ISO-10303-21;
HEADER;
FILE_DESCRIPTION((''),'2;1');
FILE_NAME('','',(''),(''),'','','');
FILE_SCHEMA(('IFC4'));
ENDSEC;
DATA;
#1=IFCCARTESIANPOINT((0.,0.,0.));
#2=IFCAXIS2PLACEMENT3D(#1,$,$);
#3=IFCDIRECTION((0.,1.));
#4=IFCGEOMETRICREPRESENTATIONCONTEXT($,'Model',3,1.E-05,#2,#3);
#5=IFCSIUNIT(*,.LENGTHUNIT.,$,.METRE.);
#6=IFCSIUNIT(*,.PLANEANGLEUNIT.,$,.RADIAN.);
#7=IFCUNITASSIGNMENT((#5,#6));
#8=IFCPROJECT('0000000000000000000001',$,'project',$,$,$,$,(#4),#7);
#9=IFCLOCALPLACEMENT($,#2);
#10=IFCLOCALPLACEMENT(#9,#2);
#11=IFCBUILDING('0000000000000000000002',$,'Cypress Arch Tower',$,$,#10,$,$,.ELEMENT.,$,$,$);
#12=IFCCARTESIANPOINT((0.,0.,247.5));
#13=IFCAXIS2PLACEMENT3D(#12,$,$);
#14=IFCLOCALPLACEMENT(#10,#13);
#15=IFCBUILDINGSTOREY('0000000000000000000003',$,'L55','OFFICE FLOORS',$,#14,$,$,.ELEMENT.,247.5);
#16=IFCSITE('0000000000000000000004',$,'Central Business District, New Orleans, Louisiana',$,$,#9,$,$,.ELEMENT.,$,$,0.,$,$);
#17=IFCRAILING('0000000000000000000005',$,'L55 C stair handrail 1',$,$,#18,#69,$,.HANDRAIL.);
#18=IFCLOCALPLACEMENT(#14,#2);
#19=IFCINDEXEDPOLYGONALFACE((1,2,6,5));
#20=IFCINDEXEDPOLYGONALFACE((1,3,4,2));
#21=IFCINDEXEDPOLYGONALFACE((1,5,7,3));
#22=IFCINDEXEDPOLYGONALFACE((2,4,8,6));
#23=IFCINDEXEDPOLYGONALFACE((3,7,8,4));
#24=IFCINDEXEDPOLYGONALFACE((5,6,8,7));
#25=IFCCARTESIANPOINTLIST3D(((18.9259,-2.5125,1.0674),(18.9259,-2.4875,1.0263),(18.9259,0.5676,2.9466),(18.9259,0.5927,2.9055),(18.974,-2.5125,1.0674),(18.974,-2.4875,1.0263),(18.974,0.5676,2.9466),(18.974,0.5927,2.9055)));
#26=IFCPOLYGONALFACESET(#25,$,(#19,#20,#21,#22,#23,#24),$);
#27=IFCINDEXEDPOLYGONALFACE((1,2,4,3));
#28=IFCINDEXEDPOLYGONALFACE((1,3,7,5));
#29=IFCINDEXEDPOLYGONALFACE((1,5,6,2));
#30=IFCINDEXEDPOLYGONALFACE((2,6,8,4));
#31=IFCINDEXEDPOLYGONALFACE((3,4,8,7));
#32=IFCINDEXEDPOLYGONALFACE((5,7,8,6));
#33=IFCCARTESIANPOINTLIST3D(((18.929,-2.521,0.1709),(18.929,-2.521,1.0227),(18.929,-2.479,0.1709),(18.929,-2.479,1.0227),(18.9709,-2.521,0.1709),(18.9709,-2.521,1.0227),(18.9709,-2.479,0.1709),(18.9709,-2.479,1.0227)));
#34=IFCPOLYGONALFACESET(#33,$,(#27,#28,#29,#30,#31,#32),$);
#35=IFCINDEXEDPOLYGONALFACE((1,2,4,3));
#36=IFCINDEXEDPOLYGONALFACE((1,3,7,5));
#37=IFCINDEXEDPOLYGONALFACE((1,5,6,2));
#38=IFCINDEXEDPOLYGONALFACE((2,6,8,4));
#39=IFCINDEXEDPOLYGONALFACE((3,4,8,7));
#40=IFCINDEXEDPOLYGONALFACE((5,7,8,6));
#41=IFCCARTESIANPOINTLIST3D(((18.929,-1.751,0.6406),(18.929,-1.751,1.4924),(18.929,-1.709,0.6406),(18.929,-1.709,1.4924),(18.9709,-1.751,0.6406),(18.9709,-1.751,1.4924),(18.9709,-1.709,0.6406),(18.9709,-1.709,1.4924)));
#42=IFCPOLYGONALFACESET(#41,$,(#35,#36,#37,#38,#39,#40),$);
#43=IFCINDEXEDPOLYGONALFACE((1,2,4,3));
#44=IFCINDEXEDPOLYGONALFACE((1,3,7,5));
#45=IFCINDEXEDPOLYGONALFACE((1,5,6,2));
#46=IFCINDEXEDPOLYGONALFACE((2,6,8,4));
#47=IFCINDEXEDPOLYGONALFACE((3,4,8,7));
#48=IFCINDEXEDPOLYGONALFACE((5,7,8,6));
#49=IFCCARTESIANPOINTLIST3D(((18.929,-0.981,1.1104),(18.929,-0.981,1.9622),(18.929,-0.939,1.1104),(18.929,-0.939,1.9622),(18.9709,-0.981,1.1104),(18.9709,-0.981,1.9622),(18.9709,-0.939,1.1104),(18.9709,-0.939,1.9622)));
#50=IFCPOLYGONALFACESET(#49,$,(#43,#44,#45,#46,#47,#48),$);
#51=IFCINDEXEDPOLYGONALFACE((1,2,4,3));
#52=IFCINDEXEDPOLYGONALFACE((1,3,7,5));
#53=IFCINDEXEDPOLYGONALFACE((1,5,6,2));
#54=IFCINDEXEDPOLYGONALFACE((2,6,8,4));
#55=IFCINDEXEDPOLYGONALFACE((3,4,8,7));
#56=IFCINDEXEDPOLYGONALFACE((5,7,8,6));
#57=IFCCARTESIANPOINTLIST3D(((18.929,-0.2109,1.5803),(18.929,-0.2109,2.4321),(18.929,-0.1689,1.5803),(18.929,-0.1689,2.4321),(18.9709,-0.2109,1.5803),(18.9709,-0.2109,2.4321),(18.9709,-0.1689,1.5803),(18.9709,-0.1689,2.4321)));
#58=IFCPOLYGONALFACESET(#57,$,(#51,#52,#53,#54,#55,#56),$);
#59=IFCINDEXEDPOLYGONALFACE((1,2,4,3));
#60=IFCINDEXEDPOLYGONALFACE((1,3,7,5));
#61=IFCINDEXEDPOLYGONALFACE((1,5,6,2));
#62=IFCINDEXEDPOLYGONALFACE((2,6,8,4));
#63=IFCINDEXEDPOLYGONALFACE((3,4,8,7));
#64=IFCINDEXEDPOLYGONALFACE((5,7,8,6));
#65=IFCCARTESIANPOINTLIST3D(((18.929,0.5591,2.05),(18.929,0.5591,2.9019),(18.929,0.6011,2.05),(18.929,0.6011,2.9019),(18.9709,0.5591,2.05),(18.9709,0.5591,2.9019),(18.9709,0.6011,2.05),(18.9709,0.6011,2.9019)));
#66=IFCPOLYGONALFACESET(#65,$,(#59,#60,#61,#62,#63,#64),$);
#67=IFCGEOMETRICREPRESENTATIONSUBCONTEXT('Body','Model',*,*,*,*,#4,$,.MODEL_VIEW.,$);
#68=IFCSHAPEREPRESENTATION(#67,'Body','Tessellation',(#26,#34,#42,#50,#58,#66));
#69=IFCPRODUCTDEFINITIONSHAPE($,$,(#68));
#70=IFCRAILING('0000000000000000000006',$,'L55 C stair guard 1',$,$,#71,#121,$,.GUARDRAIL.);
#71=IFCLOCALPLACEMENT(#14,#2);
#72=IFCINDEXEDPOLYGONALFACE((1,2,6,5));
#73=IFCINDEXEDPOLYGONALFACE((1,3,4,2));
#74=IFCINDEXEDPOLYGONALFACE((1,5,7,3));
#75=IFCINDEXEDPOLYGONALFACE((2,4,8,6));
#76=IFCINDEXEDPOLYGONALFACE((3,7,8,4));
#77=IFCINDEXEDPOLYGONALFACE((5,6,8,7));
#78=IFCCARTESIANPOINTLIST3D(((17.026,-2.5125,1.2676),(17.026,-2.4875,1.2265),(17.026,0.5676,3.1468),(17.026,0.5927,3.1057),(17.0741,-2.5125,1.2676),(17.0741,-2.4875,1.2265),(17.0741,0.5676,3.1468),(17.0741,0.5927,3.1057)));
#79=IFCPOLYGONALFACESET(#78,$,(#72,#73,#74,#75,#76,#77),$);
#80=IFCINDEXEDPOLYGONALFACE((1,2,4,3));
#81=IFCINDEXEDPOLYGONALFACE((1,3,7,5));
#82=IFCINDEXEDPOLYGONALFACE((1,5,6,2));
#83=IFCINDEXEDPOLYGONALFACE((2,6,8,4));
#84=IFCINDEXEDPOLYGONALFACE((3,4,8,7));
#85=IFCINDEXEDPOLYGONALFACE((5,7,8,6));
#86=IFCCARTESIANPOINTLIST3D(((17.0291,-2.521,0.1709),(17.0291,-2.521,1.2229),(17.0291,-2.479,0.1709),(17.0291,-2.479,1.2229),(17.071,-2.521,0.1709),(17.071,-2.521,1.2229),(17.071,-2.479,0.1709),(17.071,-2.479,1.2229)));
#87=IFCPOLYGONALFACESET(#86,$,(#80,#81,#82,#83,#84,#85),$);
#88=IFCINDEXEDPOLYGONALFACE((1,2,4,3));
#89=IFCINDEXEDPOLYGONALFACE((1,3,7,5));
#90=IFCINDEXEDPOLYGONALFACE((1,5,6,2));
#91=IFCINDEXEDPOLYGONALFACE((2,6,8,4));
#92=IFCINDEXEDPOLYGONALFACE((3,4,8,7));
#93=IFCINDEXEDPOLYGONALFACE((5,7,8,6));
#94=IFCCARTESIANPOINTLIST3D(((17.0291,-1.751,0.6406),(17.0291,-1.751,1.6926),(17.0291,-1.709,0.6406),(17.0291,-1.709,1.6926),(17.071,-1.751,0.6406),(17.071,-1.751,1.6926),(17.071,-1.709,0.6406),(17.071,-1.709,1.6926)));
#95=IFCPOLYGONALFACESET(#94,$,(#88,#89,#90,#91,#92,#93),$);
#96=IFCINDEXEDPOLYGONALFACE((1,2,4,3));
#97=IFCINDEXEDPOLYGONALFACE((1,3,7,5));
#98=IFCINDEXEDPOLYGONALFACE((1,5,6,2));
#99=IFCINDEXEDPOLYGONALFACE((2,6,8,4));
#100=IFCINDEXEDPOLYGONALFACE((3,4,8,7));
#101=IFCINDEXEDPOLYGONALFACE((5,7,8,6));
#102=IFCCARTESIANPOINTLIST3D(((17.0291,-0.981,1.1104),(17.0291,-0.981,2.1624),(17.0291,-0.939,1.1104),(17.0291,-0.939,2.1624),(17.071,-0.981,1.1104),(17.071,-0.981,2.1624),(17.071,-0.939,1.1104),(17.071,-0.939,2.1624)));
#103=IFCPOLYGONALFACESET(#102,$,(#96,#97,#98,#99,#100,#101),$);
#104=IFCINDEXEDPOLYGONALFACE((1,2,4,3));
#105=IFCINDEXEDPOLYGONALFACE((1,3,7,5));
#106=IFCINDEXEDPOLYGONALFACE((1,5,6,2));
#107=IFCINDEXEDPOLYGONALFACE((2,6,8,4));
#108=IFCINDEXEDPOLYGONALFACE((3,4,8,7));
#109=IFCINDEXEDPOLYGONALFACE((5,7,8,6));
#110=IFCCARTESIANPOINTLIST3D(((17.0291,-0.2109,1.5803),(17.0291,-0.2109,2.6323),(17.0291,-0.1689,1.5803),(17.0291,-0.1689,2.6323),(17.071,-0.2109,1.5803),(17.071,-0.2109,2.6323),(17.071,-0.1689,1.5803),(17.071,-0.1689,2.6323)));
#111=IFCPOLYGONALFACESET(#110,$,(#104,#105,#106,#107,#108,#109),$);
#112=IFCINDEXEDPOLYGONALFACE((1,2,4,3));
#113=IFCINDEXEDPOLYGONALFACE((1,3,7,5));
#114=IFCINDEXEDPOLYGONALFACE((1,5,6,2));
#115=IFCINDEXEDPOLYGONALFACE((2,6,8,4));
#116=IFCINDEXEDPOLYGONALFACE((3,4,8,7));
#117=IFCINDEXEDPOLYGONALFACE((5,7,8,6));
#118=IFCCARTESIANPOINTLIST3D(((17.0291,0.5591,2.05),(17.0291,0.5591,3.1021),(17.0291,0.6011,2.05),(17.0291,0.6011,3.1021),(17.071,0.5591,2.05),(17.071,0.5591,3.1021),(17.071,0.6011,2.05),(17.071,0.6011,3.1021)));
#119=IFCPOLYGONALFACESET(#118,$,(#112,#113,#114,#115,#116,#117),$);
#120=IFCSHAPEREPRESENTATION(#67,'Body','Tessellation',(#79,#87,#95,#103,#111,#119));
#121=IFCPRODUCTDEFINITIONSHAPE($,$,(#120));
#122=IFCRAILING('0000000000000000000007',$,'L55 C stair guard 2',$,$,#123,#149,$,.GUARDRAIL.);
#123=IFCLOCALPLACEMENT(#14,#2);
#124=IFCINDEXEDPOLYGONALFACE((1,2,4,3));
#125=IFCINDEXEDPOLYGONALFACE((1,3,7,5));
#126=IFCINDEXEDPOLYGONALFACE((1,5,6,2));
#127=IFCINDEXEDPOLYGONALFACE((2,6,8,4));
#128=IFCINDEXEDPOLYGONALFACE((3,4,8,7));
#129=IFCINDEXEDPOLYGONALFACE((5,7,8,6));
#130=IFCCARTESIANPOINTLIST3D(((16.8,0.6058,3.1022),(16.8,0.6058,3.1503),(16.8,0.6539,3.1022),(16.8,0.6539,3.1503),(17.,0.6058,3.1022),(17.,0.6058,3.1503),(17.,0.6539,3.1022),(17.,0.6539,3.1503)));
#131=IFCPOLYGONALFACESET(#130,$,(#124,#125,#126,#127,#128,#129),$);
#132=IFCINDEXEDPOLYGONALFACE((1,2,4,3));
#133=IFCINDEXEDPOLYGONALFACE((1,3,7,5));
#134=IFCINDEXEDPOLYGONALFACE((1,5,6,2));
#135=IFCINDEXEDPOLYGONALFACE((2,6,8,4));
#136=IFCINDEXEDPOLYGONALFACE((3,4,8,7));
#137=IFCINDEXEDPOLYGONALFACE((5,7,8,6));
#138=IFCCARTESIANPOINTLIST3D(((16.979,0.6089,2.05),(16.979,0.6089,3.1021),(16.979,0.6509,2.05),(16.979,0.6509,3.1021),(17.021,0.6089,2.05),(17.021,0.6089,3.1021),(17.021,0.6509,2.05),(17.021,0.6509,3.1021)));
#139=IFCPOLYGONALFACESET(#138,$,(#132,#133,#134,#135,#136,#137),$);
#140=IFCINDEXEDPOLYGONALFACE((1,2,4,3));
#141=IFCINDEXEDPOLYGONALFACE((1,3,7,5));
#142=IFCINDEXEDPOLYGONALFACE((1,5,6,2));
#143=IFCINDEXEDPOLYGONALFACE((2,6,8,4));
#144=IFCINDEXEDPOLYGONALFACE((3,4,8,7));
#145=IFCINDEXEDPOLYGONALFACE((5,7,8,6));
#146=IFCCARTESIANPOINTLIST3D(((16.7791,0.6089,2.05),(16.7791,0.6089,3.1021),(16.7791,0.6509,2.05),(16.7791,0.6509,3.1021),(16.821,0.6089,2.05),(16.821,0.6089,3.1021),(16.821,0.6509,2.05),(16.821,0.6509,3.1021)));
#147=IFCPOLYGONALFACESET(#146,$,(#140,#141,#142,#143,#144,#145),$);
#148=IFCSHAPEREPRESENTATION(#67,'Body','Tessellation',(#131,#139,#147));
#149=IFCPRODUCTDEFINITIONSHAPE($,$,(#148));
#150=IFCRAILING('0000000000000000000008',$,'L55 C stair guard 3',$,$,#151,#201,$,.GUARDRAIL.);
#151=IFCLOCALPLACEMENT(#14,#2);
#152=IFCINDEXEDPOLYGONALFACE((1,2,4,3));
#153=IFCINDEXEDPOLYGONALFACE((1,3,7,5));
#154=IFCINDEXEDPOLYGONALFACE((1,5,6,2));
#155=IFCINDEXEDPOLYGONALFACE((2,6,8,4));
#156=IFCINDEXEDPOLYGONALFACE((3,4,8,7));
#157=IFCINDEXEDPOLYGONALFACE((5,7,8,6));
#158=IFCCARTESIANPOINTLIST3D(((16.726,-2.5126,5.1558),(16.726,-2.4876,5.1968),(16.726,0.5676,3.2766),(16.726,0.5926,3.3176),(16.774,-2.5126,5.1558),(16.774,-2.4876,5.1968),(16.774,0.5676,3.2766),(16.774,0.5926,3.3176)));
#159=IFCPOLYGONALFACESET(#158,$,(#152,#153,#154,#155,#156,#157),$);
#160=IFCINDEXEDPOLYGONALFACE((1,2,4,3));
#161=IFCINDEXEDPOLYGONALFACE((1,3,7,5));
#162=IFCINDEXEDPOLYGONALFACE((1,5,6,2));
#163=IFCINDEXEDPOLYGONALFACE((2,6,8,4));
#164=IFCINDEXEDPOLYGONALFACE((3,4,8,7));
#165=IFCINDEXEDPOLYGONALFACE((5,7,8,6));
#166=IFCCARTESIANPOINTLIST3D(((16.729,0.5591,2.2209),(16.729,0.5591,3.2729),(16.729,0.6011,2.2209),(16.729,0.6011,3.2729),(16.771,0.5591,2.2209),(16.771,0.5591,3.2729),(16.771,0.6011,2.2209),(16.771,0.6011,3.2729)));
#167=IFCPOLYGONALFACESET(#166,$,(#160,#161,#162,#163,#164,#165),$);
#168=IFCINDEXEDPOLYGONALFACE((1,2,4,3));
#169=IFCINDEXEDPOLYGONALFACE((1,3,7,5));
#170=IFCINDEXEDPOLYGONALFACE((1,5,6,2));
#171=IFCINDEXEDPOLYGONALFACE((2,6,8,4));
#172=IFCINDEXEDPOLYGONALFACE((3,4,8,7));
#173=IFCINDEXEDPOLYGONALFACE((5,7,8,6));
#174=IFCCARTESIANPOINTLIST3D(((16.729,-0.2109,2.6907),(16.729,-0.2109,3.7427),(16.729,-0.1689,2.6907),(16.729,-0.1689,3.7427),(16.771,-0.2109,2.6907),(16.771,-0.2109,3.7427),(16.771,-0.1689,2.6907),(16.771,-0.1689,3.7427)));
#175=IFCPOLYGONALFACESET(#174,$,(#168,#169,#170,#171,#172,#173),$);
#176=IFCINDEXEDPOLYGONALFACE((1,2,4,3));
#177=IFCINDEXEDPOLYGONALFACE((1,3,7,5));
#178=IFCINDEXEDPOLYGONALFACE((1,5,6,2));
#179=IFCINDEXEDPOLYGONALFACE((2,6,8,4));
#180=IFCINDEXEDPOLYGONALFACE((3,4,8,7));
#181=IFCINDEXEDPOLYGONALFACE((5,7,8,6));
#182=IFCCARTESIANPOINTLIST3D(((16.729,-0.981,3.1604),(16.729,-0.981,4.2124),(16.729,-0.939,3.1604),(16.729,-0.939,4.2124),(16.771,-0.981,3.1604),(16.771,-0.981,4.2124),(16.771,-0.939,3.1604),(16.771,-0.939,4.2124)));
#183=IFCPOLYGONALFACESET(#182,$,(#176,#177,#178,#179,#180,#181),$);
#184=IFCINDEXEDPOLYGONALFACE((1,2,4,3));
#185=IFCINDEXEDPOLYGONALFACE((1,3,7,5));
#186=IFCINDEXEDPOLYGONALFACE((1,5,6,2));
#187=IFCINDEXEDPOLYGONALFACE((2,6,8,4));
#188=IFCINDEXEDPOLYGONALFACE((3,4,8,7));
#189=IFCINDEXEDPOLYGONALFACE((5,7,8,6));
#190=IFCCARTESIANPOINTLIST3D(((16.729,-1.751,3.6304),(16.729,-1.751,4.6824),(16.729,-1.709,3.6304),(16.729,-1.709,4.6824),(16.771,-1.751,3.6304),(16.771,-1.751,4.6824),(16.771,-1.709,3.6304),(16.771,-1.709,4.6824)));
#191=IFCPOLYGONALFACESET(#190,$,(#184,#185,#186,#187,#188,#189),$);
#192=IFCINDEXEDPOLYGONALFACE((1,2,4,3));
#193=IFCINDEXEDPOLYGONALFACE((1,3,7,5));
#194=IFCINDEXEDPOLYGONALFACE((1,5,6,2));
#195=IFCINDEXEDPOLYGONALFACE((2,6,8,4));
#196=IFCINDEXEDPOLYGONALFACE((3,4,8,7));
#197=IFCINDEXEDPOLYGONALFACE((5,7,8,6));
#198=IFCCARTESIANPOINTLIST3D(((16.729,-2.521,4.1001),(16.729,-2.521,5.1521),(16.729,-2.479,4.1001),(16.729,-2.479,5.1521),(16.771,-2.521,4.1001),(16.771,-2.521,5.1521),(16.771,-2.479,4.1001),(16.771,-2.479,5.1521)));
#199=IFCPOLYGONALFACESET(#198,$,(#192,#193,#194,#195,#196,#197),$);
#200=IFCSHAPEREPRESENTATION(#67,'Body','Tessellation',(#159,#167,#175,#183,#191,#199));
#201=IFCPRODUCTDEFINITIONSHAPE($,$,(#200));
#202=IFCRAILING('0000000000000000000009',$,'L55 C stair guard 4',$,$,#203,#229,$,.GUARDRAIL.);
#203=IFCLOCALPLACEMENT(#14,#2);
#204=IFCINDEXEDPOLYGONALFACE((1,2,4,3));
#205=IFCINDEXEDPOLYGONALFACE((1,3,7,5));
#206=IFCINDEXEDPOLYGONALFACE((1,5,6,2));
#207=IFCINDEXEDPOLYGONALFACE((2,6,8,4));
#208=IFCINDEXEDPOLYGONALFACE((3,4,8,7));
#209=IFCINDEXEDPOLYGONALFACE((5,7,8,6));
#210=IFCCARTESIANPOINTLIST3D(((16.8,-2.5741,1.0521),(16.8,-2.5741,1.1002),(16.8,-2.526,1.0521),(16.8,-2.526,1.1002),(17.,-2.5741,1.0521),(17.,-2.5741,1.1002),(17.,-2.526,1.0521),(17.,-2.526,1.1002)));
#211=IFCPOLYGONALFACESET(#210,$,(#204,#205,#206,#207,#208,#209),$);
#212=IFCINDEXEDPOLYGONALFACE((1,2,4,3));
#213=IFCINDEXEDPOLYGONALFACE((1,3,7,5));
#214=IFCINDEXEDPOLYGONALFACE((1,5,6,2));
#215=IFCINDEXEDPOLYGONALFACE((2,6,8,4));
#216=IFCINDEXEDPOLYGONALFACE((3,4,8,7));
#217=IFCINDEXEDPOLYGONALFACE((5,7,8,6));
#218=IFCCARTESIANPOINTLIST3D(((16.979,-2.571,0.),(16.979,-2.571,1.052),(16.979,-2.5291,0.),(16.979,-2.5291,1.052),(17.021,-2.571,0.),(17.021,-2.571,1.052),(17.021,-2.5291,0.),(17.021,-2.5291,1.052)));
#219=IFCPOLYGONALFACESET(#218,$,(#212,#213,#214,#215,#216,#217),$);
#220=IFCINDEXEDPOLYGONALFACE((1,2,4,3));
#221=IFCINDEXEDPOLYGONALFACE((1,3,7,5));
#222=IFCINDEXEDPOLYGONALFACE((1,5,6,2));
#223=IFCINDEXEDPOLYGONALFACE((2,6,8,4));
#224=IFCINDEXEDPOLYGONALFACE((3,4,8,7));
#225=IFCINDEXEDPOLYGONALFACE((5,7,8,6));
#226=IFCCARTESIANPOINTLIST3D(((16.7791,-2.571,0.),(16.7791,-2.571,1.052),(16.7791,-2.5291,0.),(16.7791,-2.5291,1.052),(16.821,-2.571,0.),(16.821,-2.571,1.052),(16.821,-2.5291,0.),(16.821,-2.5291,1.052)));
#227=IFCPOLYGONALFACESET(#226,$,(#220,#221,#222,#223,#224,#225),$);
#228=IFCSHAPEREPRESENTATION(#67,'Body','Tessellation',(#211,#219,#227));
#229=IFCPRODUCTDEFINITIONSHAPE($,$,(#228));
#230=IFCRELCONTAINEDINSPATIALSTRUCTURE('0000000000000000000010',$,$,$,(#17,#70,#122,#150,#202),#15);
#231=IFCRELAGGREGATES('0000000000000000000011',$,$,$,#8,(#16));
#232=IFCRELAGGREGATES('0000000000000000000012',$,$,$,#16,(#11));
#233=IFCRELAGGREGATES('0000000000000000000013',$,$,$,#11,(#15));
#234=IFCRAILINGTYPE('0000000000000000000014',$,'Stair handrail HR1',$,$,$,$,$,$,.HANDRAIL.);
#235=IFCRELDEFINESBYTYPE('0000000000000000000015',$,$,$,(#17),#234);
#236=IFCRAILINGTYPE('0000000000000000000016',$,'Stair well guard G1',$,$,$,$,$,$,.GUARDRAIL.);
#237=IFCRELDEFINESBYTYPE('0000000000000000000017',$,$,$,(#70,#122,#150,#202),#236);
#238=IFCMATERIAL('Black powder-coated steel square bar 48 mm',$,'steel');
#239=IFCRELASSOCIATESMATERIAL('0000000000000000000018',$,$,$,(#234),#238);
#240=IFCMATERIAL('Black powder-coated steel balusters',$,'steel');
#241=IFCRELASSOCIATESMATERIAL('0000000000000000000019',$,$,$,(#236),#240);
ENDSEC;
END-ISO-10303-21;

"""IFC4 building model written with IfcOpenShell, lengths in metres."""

from ifc_helpers import new_model, si_unit, direction, frame, origin, origin_2d, place, context, subcontext, project, spatial, rectangle, extrude, material, type_object, element, save


model = new_model("IFC4")

# Units and contexts
model_context = context("Model", 3, precision=1e-05, world=origin(), true_north=direction((0.0, 1.0)))
body_context = subcontext(model_context, "Body", "Model", "MODEL_VIEW")
ifc_project = project(units=[si_unit("LENGTHUNIT", "METRE"), si_unit("PLANEANGLEUNIT", "RADIAN")], contexts=[model_context])

# Site, building, storey
site_placement = place(None, origin())
site = spatial("IfcSite", under=ifc_project, at=site_placement, Name="Central Business District, New Orleans, Louisiana", CompositionType="ELEMENT", RefElevation=0.0)
building_placement = place(site_placement, origin())
building = spatial("IfcBuilding", under=site, at=building_placement, Name="Cypress Arch Tower", CompositionType="ELEMENT")
storey_placement = place(building_placement, frame((0.0, 0.0, 247.5)))
storey = spatial("IfcBuildingStorey", under=building, at=storey_placement, Name="L55", Description="OFFICE FLOORS", CompositionType="ELEMENT", Elevation=247.5)

# Railings
ifc_material_1 = material(Name="Black powder-coated steel square bar 48 mm", Category="steel")
railing_type_1 = type_object("IfcRailingType", Name="Stair handrail HR1", PredefinedType="HANDRAIL", material=ifc_material_1)
railing_1_placement = place(storey_placement, frame((18.95, -2.5, 0.1709)))
element("IfcRailing", 1, at=railing_1_placement, inside=storey, type_object=railing_type_1, Name="L55 C stair handrail 1", PredefinedType="HANDRAIL", context=body_context, shape_type="SweptSolid", body=[
    extrude(rectangle(XDim=0.0481, YDim=0.0481, at=origin_2d()), frame((0.0, 0.0, 0.876), z_axis=(0.0, 0.853666, 0.52082), x_axis=(-1.0, 0.0, 0.0)), (0.0, 0.0, 1.0), 3.6082),
    extrude(rectangle(XDim=0.042, YDim=0.042, at=origin_2d()), origin(), (0.0, 0.0, 1.0), 0.8518),
    extrude(rectangle(XDim=0.042, YDim=0.042, at=origin_2d()), frame((0.0, 0.77, 0.4697)), (0.0, 0.0, 1.0), 0.8518),
    extrude(rectangle(XDim=0.042, YDim=0.042, at=origin_2d()), frame((0.0, 1.54, 0.9395)), (0.0, 0.0, 1.0), 0.8518),
    extrude(rectangle(XDim=0.042, YDim=0.042, at=origin_2d()), frame((0.0, 2.3101, 1.4094)), (0.0, 0.0, 1.0), 0.8518),
    extrude(rectangle(XDim=0.042, YDim=0.042, at=origin_2d()), frame((0.0, 3.0801, 1.8792)), (0.0, 0.0, 1.0), 0.8518),
])
ifc_material_2 = material(Name="Black powder-coated steel balusters", Category="steel")
railing_type_2 = type_object("IfcRailingType", Name="Stair well guard G1", PredefinedType="GUARDRAIL", material=ifc_material_2)
railing_2_placement = place(storey_placement, frame((17.05, -2.5, 0.1709)))
element("IfcRailing", 2, at=railing_2_placement, inside=storey, type_object=railing_type_2, Name="L55 C stair guard 1", PredefinedType="GUARDRAIL", context=body_context, shape_type="SweptSolid", body=[
    extrude(rectangle(XDim=0.0481, YDim=0.0481, at=origin_2d()), frame((0.0, 0.0, 1.0762), z_axis=(0.0, 0.853666, 0.52082), x_axis=(-1.0, 0.0, 0.0)), (0.0, 0.0, 1.0), 3.6082),
    extrude(rectangle(XDim=0.042, YDim=0.042, at=origin_2d()), origin(), (0.0, 0.0, 1.0), 1.052),
    extrude(rectangle(XDim=0.042, YDim=0.042, at=origin_2d()), frame((0.0, 0.77, 0.4697)), (0.0, 0.0, 1.0), 1.052),
    extrude(rectangle(XDim=0.042, YDim=0.042, at=origin_2d()), frame((0.0, 1.54, 0.9395)), (0.0, 0.0, 1.0), 1.052),
    extrude(rectangle(XDim=0.042, YDim=0.042, at=origin_2d()), frame((0.0, 2.3101, 1.4094)), (0.0, 0.0, 1.0), 1.052),
    extrude(rectangle(XDim=0.042, YDim=0.042, at=origin_2d()), frame((0.0, 3.0801, 1.8792)), (0.0, 0.0, 1.0), 1.052),
])
railing_3_placement = place(storey_placement, frame((17.0, 0.6299, 2.05)))
element("IfcRailing", 3, at=railing_3_placement, inside=storey, type_object=railing_type_2, Name="L55 C stair guard 2", PredefinedType="GUARDRAIL", context=body_context, shape_type="SweptSolid", body=[
    extrude(rectangle(XDim=0.0481, YDim=0.0481, at=origin_2d()), frame((0.0, 0.0, 1.0762), z_axis=(-1.0, 0.0, 0.0), x_axis=(0.0, -1.0, 0.0)), (0.0, 0.0, 1.0), 0.2),
    extrude(rectangle(XDim=0.042, YDim=0.042, at=origin_2d()), origin(), (0.0, 0.0, 1.0), 1.052),
    extrude(rectangle(XDim=0.042, YDim=0.042, at=origin_2d()), frame((-0.2, 0.0, 0.0)), (0.0, 0.0, 1.0), 1.052),
])
railing_4_placement = place(storey_placement, frame((16.75, 0.5801, 2.2209)))
element("IfcRailing", 4, at=railing_4_placement, inside=storey, type_object=railing_type_2, Name="L55 C stair guard 3", PredefinedType="GUARDRAIL", context=body_context, shape_type="SweptSolid", body=[
    extrude(rectangle(XDim=0.0481, YDim=0.0481, at=origin_2d()), frame((0.0, 0.0, 1.0762), z_axis=(0.0, -0.853666, 0.52082), x_axis=(1.0, 0.0, 0.0)), (0.0, 0.0, 1.0), 3.6082),
    extrude(rectangle(XDim=0.042, YDim=0.042, at=origin_2d()), origin(), (0.0, 0.0, 1.0), 1.052),
    extrude(rectangle(XDim=0.042, YDim=0.042, at=origin_2d()), frame((0.0, -0.77, 0.4697)), (0.0, 0.0, 1.0), 1.052),
    extrude(rectangle(XDim=0.042, YDim=0.042, at=origin_2d()), frame((0.0, -1.54, 0.9395)), (0.0, 0.0, 1.0), 1.052),
    extrude(rectangle(XDim=0.042, YDim=0.042, at=origin_2d()), frame((0.0, -2.3101, 1.4094)), (0.0, 0.0, 1.0), 1.052),
    extrude(rectangle(XDim=0.042, YDim=0.042, at=origin_2d()), frame((0.0, -3.0801, 1.8792)), (0.0, 0.0, 1.0), 1.052),
])
railing_5_placement = place(storey_placement, frame((17.0, -2.55, 0.0)))
element("IfcRailing", 5, at=railing_5_placement, inside=storey, type_object=railing_type_2, Name="L55 C stair guard 4", PredefinedType="GUARDRAIL", context=body_context, shape_type="SweptSolid", body=[
    extrude(rectangle(XDim=0.0481, YDim=0.0481, at=origin_2d()), frame((0.0, 0.0, 1.0762), z_axis=(-1.0, 0.0, 0.0), x_axis=(0.0, -1.0, 0.0)), (0.0, 0.0, 1.0), 0.2),
    extrude(rectangle(XDim=0.042, YDim=0.042, at=origin_2d()), origin(), (0.0, 0.0, 1.0), 1.052),
    extrude(rectangle(XDim=0.042, YDim=0.042, at=origin_2d()), frame((-0.2, 0.0, 0.0)), (0.0, 0.0, 1.0), 1.052),
])

save(model, "model.ifc")
